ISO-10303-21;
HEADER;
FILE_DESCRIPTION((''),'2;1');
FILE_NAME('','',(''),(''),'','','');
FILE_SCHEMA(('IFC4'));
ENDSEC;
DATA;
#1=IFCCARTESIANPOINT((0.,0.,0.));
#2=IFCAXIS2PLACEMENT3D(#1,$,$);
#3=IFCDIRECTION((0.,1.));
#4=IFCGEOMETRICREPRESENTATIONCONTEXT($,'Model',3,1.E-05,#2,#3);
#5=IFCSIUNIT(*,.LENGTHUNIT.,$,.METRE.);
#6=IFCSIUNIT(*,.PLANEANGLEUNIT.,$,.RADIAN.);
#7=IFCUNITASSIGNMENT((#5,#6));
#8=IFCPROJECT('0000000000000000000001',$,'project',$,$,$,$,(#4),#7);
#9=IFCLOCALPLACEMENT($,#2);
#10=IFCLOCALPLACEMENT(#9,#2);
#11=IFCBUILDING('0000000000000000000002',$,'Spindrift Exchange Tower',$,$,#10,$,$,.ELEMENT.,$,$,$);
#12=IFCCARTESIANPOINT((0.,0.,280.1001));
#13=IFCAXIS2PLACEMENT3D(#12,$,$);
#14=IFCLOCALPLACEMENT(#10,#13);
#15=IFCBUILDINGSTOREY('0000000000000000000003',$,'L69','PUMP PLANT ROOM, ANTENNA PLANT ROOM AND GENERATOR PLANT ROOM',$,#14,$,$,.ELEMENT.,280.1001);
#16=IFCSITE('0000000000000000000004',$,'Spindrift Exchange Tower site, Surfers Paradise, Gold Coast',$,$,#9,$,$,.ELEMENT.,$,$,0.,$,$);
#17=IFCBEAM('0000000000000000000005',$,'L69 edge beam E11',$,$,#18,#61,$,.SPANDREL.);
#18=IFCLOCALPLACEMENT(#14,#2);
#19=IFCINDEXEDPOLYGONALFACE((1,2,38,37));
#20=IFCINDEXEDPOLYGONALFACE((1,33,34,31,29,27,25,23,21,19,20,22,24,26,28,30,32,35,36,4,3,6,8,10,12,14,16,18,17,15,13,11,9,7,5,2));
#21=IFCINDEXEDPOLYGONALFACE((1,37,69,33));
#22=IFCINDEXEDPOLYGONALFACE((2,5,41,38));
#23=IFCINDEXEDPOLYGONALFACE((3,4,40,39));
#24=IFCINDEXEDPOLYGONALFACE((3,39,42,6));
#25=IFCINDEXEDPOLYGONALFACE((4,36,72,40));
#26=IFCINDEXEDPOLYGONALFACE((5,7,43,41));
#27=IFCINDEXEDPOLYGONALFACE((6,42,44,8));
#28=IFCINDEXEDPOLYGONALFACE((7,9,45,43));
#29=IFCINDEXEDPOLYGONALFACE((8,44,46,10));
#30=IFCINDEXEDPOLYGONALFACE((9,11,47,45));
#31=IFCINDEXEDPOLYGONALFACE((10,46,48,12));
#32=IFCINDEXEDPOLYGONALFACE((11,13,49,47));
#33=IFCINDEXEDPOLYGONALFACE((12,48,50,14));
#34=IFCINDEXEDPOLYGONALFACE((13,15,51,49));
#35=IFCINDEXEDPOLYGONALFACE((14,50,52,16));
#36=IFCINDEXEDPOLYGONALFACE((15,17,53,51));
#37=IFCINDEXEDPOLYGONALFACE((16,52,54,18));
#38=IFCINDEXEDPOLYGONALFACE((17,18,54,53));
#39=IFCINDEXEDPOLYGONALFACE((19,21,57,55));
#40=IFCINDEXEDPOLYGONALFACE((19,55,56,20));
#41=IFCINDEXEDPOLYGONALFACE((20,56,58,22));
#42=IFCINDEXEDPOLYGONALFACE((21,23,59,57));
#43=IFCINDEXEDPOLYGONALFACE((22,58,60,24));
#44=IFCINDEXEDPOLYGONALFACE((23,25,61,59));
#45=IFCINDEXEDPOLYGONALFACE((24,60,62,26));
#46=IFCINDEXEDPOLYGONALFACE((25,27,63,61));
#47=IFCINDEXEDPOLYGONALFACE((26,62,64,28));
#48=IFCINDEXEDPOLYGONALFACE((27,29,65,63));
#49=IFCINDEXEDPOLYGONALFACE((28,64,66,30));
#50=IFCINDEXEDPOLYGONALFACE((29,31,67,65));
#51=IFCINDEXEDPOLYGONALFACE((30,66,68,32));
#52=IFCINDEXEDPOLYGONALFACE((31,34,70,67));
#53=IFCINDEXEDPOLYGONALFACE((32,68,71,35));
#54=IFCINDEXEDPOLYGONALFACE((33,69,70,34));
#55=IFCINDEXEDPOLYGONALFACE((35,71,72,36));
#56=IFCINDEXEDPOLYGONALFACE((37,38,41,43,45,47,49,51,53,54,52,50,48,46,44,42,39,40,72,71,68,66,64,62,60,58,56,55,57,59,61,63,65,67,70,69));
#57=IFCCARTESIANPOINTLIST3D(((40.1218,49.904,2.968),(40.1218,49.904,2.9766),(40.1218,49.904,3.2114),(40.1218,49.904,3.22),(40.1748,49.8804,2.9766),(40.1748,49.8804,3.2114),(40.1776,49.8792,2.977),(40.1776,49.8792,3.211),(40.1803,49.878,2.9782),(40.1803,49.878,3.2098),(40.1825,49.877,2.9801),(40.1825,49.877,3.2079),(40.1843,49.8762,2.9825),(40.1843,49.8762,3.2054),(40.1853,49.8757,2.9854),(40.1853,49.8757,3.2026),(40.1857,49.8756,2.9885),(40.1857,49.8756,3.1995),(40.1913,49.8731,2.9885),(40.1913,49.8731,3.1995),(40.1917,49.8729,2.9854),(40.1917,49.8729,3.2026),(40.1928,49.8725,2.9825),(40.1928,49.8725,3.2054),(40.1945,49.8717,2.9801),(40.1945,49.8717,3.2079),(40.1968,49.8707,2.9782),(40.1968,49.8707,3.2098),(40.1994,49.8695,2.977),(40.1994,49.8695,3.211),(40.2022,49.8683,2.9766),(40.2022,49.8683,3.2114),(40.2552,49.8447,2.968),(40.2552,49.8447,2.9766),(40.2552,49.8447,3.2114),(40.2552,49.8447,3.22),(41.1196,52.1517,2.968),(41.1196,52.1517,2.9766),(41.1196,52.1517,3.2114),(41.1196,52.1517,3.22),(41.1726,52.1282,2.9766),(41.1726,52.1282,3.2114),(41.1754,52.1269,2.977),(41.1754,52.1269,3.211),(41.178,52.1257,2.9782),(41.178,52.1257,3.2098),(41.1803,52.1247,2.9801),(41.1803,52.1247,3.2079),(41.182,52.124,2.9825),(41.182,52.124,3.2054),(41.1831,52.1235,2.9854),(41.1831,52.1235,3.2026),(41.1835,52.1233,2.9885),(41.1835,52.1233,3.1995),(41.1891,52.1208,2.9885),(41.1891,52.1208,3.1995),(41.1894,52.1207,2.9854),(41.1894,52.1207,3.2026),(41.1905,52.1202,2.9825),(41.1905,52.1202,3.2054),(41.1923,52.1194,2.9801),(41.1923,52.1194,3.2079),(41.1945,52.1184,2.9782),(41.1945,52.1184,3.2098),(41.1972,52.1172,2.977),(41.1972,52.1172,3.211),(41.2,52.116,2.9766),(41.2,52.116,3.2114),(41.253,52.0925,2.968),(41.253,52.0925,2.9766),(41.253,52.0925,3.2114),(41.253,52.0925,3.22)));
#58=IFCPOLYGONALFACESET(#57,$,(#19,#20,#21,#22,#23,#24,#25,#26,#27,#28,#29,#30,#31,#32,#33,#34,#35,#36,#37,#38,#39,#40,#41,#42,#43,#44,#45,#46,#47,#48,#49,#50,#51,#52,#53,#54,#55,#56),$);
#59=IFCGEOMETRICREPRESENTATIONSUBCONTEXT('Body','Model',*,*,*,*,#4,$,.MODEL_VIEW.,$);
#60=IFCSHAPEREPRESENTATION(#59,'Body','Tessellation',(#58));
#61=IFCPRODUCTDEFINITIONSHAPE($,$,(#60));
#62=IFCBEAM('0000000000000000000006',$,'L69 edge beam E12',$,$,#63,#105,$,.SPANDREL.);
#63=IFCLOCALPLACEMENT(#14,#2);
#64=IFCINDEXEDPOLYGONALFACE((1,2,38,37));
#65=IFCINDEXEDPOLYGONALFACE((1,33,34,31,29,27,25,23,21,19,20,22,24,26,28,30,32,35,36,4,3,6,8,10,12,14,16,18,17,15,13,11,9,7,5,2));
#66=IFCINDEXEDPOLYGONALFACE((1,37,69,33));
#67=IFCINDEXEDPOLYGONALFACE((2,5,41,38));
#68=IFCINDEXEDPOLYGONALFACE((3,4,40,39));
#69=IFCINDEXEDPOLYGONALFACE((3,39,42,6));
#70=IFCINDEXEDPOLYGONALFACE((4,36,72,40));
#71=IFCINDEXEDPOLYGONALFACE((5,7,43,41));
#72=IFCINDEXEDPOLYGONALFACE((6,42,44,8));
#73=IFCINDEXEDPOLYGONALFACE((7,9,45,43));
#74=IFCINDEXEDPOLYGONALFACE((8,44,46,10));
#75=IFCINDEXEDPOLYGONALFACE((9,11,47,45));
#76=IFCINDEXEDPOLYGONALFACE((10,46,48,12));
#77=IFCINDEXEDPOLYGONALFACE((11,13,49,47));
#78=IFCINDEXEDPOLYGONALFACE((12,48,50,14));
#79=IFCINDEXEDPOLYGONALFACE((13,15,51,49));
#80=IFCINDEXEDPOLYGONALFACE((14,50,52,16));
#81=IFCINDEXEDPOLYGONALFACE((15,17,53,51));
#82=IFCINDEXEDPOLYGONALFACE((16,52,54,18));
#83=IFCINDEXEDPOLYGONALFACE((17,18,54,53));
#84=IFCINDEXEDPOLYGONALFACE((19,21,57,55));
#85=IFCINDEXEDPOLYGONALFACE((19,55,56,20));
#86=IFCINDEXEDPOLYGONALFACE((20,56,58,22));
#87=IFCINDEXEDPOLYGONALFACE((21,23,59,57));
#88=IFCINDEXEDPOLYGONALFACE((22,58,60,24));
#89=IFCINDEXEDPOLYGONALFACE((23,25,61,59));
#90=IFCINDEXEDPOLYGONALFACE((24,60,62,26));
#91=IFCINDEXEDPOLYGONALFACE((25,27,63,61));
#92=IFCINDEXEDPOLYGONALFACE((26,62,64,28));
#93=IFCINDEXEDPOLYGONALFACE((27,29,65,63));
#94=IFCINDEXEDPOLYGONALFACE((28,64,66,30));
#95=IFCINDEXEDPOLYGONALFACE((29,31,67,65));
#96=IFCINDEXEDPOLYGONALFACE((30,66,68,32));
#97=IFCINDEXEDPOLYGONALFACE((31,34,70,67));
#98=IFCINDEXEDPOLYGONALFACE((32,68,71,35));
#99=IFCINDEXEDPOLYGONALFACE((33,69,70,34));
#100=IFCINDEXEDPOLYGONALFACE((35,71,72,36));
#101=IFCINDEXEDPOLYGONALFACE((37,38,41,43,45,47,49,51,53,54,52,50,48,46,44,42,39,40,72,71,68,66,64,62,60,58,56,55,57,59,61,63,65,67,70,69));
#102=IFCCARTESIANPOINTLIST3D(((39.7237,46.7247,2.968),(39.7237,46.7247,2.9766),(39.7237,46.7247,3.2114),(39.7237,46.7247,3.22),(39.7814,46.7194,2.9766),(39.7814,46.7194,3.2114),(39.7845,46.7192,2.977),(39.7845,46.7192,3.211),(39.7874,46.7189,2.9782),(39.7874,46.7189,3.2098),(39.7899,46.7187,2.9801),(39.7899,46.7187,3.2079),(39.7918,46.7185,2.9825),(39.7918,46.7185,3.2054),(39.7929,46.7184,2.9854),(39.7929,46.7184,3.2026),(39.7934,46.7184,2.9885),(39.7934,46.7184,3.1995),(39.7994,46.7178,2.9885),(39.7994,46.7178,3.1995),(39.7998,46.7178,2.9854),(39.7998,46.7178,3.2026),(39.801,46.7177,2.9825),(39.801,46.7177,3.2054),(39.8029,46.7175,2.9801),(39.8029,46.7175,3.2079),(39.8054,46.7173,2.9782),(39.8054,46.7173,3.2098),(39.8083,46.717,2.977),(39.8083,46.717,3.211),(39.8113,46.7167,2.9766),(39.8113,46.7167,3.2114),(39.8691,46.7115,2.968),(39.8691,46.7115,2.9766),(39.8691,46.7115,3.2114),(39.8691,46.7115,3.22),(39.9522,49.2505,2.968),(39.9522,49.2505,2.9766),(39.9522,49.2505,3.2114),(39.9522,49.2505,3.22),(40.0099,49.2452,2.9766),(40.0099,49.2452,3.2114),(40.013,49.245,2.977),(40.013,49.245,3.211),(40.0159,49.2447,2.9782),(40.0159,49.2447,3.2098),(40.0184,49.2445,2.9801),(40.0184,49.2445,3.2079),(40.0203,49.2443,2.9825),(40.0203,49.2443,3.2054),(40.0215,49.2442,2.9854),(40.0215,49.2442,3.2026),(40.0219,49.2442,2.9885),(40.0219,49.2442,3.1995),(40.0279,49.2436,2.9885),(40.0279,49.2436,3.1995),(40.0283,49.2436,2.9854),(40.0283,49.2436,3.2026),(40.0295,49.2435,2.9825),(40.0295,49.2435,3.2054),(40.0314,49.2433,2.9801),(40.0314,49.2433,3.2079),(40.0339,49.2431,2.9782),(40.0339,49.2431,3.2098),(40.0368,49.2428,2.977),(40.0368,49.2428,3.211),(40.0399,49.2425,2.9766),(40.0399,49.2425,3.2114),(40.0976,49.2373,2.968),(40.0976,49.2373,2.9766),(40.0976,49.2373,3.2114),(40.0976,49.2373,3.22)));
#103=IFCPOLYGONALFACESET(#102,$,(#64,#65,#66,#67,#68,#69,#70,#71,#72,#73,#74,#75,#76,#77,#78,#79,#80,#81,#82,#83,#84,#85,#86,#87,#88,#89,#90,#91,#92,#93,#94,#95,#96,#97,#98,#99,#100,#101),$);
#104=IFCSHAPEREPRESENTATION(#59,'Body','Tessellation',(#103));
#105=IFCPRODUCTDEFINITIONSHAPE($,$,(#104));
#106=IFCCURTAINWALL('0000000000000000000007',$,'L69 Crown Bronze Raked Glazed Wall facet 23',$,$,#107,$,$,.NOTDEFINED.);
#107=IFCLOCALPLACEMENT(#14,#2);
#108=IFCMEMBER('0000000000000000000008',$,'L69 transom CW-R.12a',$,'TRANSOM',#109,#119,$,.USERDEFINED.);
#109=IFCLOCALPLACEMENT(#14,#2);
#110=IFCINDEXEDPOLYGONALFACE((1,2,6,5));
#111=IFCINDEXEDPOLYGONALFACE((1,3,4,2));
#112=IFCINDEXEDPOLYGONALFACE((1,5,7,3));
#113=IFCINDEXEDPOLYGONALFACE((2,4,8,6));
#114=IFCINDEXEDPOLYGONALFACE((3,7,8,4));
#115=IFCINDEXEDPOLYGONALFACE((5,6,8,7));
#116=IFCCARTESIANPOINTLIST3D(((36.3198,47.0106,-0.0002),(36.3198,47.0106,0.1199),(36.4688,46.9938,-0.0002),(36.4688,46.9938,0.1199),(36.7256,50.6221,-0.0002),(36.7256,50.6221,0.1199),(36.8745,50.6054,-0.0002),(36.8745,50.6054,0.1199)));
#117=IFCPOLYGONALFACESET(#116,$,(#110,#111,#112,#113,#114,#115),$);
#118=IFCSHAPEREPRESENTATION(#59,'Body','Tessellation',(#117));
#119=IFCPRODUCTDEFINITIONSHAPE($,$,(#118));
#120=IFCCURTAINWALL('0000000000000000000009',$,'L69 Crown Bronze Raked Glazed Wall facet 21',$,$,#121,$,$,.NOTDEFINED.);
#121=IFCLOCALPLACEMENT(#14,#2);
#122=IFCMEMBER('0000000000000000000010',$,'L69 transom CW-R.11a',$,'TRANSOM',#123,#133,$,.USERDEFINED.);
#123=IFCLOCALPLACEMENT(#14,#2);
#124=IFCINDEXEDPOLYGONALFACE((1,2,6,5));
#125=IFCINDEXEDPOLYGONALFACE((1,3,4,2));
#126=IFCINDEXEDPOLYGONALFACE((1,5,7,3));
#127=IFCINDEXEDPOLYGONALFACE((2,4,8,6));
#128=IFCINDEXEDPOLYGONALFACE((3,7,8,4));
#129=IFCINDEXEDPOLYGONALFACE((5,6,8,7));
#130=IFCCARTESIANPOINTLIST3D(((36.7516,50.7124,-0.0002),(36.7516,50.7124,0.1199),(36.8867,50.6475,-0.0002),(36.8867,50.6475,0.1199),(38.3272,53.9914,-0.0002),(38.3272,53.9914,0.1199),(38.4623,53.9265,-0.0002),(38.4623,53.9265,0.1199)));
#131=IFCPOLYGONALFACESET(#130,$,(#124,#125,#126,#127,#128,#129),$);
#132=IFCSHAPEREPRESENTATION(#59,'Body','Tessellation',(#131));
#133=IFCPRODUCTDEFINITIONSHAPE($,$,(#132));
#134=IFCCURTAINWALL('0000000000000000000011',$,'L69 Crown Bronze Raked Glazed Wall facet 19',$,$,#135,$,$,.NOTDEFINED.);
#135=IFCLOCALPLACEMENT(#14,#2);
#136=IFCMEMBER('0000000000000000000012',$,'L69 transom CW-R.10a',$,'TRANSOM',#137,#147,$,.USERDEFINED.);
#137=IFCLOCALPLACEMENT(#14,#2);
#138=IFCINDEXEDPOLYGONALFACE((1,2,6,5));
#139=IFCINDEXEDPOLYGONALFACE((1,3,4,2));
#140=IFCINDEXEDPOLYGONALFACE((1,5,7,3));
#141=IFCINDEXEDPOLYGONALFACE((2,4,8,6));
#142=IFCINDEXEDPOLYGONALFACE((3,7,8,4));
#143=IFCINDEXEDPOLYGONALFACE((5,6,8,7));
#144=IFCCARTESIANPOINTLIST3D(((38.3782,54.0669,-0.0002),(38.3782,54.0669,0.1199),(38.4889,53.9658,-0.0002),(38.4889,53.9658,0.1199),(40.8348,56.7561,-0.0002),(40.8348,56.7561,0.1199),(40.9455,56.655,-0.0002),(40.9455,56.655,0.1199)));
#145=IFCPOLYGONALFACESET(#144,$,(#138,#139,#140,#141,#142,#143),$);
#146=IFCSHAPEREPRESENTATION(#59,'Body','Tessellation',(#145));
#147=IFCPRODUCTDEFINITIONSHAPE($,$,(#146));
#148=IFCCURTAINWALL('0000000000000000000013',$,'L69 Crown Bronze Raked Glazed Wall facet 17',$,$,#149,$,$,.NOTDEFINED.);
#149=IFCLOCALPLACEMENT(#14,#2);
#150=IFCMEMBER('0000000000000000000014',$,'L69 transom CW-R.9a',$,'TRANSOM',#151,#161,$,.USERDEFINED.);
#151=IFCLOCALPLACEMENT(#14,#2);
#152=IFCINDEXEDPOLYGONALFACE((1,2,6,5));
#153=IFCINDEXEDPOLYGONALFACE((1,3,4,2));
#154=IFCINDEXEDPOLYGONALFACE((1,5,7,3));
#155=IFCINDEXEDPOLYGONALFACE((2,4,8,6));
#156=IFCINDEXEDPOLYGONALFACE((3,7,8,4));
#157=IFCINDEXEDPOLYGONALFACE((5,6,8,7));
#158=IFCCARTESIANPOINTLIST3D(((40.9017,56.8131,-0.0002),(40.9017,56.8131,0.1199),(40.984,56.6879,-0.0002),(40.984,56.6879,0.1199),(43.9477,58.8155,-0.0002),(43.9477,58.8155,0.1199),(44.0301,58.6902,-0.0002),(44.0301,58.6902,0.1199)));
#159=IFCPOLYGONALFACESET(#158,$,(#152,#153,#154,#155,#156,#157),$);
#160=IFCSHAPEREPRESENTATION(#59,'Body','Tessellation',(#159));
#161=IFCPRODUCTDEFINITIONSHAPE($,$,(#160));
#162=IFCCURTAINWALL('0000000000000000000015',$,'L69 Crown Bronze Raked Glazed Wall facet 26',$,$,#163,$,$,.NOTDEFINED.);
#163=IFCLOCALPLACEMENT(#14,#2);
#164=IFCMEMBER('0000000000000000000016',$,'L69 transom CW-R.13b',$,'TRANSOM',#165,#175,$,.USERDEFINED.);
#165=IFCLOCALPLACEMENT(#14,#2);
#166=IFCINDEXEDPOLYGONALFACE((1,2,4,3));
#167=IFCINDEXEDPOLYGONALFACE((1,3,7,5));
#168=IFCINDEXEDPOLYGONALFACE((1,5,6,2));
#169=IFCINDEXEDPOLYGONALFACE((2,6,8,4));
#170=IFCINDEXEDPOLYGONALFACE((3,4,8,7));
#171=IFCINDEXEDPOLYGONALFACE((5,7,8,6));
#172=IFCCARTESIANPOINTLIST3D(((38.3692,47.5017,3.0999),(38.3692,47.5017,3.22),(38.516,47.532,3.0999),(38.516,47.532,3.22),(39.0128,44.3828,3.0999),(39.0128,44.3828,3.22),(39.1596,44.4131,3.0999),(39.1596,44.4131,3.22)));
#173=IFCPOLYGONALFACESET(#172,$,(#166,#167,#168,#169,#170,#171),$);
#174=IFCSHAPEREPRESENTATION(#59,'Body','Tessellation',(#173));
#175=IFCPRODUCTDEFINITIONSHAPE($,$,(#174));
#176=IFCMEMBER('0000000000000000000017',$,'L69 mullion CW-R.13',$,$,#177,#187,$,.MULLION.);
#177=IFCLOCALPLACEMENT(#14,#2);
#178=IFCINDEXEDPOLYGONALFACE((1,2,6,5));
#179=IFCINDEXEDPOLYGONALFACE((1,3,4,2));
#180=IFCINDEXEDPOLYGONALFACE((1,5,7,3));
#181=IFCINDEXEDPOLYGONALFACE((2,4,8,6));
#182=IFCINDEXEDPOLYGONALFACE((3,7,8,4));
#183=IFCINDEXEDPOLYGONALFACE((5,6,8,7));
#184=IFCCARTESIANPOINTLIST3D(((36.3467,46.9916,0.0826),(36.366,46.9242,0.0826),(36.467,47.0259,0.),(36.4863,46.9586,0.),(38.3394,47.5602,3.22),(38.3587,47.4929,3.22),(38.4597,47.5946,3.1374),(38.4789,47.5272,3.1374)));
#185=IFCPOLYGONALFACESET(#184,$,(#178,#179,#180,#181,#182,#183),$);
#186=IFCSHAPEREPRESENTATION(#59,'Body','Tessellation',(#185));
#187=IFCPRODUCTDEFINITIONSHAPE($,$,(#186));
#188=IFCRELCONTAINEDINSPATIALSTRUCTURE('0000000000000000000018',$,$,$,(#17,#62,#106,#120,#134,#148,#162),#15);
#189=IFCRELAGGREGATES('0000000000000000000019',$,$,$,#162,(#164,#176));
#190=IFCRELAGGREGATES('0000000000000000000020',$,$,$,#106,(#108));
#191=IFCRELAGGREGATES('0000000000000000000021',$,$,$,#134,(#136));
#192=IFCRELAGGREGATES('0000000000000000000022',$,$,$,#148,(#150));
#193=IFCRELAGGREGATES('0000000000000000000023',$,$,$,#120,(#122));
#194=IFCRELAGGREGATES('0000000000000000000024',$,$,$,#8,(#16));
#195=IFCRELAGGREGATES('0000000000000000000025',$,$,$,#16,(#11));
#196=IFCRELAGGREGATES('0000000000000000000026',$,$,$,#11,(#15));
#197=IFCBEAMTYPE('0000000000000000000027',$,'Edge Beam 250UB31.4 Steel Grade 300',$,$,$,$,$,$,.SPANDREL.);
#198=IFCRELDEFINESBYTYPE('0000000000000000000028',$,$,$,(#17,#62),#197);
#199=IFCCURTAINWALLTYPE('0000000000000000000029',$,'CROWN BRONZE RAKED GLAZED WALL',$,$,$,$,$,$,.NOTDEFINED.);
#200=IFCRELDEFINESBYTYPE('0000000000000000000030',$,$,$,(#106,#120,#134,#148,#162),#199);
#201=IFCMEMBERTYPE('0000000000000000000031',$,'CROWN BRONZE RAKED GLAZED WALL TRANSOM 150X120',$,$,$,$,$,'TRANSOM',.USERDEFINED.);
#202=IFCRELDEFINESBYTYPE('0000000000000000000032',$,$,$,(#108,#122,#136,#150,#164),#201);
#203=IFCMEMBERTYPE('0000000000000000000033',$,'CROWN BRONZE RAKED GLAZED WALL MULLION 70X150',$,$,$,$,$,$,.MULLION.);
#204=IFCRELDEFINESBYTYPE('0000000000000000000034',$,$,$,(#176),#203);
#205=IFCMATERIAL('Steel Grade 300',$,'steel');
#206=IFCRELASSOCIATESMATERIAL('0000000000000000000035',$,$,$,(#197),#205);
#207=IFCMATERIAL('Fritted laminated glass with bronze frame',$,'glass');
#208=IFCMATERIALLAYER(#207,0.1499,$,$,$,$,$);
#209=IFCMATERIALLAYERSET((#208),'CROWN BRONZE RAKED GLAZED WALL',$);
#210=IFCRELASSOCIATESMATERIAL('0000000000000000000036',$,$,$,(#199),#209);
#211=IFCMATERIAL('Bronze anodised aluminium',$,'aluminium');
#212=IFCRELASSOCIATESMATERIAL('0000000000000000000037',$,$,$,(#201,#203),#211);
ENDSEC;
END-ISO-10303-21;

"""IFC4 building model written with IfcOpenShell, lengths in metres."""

from ifc_helpers import new_model, si_unit, direction, frame, origin, origin_2d, place, context, subcontext, project, spatial, rectangle, i_section, extrude, source, transform, mapped, material, layer, layer_set, material_profile, profile_set, type_object, element, aggregate, save


model = new_model("IFC4")

# Units and contexts
model_context = context("Model", 3, precision=1e-05, world=origin(), true_north=direction((0.0, 1.0)))
body_context = subcontext(model_context, "Body", "Model", "MODEL_VIEW")
ifc_project = project(units=[si_unit("LENGTHUNIT", "METRE"), si_unit("PLANEANGLEUNIT", "RADIAN")], contexts=[model_context])

# Site, building, storey
site_placement = place(None, origin())
site = spatial("IfcSite", under=ifc_project, at=site_placement, Name="Spindrift Exchange Tower site, Surfers Paradise, Gold Coast", CompositionType="ELEMENT", RefElevation=0.0)
building_placement = place(site_placement, origin())
building = spatial("IfcBuilding", under=site, at=building_placement, Name="Spindrift Exchange Tower", CompositionType="ELEMENT")
storey_placement = place(building_placement, frame((0.0, 0.0, 280.1001)))
storey = spatial("IfcBuildingStorey", under=building, at=storey_placement, Name="L69", Description="PUMP PLANT ROOM, ANTENNA PLANT ROOM AND GENERATOR PLANT ROOM", CompositionType="ELEMENT", Elevation=280.1001)

# Beams
ifc_material_1 = material(Name="Steel Grade 300", Category="steel")
ifc_material_profile_1 = material_profile(ifc_material_1, i_section(OverallWidth=0.146, OverallDepth=0.252, WebThickness=0.0061, FlangeThickness=0.0085, FilletRadius=0.012, at=origin_2d()), Name="250UB31.4")
ifc_profile_set_1 = profile_set([ifc_material_profile_1], Name="Steel Grade 300")
beam_type_1 = type_object("IfcBeamType", Name="Edge Beam 250UB31.4 Steel Grade 300", PredefinedType="SPANDREL", material=ifc_profile_set_1)
shared_shape_1 = source(origin(), body_context, "Body", "SweptSolid", [
    extrude(i_section(OverallWidth=0.146, OverallDepth=0.252, WebThickness=0.0061, FlangeThickness=0.0085, FilletRadius=0.012, at=origin_2d()), origin(), (0.0, 0.0, 1.0), 2.4592),
])
beam_1_placement = place(storey_placement, frame((41.1863, 52.1221, 3.094), z_axis=(-0.405724, -0.913996, 0.0), x_axis=(0.913996, -0.405724, 0.0)))
element("IfcBeam", 1, at=beam_1_placement, inside=storey, type_object=beam_type_1, Name="L69 edge beam E11", PredefinedType="SPANDREL", context=body_context, shape_type="MappedRepresentation", body=[
    mapped(shared_shape_1, transform((0.0, 0.0, 0.0), scale=1.0)),
])
shared_shape_2 = source(origin(), body_context, "Body", "SweptSolid", [
    extrude(i_section(OverallWidth=0.146, OverallDepth=0.252, WebThickness=0.0061, FlangeThickness=0.0085, FilletRadius=0.012, at=origin_2d()), origin(), (0.0, 0.0, 1.0), 2.5361),
])
beam_2_placement = place(storey_placement, frame((40.0249, 49.2439, 3.094), z_axis=(-0.090102, -0.995933, 0.0), x_axis=(0.995933, -0.090102, 0.0)))
element("IfcBeam", 2, at=beam_2_placement, inside=storey, type_object=beam_type_1, Name="L69 edge beam E12", PredefinedType="SPANDREL", context=body_context, shape_type="MappedRepresentation", body=[
    mapped(shared_shape_2, transform((0.0, 0.0, 0.0), scale=1.0)),
])

# Curtain walls, members
ifc_material_2 = material(Name="Fritted laminated glass with bronze frame", Category="glass")
ifc_layer_1 = layer(ifc_material_2, 0.1499)
ifc_layer_set_1 = layer_set([ifc_layer_1], Name="CROWN BRONZE RAKED GLAZED WALL")
curtain_wall_type = type_object("IfcCurtainWallType", Name="CROWN BRONZE RAKED GLAZED WALL", PredefinedType="NOTDEFINED", material=ifc_layer_set_1)
curtain_wall_1_placement = place(storey_placement, origin())
curtain_wall_1 = element("IfcCurtainWall", 3, at=curtain_wall_1_placement, inside=storey, type_object=curtain_wall_type, Name="L69 Crown Bronze Raked Glazed Wall facet 23", PredefinedType="NOTDEFINED")
ifc_material_3 = material(Name="Bronze anodised aluminium", Category="aluminium")
ifc_material_profile_2 = material_profile(ifc_material_3, rectangle(XDim=0.1499, YDim=0.1201, at=origin_2d()), Name="CROWN BRONZE RAKED GLAZED WALL TRANSOM 150X120")
ifc_profile_set_2 = profile_set([ifc_material_profile_2], Name="Bronze anodised aluminium")
member_type_1 = type_object("IfcMemberType", Name="CROWN BRONZE RAKED GLAZED WALL TRANSOM 150X120", ElementType="TRANSOM", PredefinedType="USERDEFINED", material=ifc_profile_set_2)
shared_shape_3 = source(origin(), body_context, "Body", "SweptSolid", [
    extrude(rectangle(XDim=0.1499, YDim=0.1201, at=origin_2d()), origin(), (0.0, 0.0, 1.0), 3.6343),
])
member_1_placement = place(storey_placement, frame((36.3943, 47.0022, 0.0598), z_axis=(0.111648, 0.993748, 0.0), x_axis=(-0.993748, 0.111648, 0.0)))
member_1 = element("IfcMember", 4, at=member_1_placement, type_object=member_type_1, Name="L69 transom CW-R.12a", ObjectType="TRANSOM", PredefinedType="USERDEFINED", context=body_context, shape_type="MappedRepresentation", body=[
    mapped(shared_shape_3, transform((0.0, 0.0, 0.0), scale=1.0)),
])
curtain_wall_2_placement = place(storey_placement, origin())
curtain_wall_2 = element("IfcCurtainWall", 5, at=curtain_wall_2_placement, inside=storey, type_object=curtain_wall_type, Name="L69 Crown Bronze Raked Glazed Wall facet 21", PredefinedType="NOTDEFINED")
shared_shape_4 = source(origin(), body_context, "Body", "SweptSolid", [
    extrude(rectangle(XDim=0.1499, YDim=0.1201, at=origin_2d()), origin(), (0.0, 0.0, 1.0), 3.6379),
])
member_2_placement = place(storey_placement, frame((38.3948, 53.959, 0.0598), z_axis=(-0.433119, -0.901337, 0.0), x_axis=(0.901337, -0.433119, 0.0)))
member_2 = element("IfcMember", 6, at=member_2_placement, type_object=member_type_1, Name="L69 transom CW-R.11a", ObjectType="TRANSOM", PredefinedType="USERDEFINED", context=body_context, shape_type="MappedRepresentation", body=[
    mapped(shared_shape_4, transform((0.0, 0.0, 0.0), scale=1.0)),
])
curtain_wall_3_placement = place(storey_placement, origin())
curtain_wall_3 = element("IfcCurtainWall", 7, at=curtain_wall_3_placement, inside=storey, type_object=curtain_wall_type, Name="L69 Crown Bronze Raked Glazed Wall facet 19", PredefinedType="NOTDEFINED")
shared_shape_5 = source(origin(), body_context, "Body", "SweptSolid", [
    extrude(rectangle(XDim=0.1499, YDim=0.1201, at=origin_2d()), origin(), (0.0, 0.0, 1.0), 3.6423),
])
member_3_placement = place(storey_placement, frame((40.8901, 56.7056, 0.0598), z_axis=(-0.674446, -0.738324, 0.0), x_axis=(0.738324, -0.674446, 0.0)))
member_3 = element("IfcMember", 8, at=member_3_placement, type_object=member_type_1, Name="L69 transom CW-R.10a", ObjectType="TRANSOM", PredefinedType="USERDEFINED", context=body_context, shape_type="MappedRepresentation", body=[
    mapped(shared_shape_5, transform((0.0, 0.0, 0.0), scale=1.0)),
])
curtain_wall_4_placement = place(storey_placement, origin())
curtain_wall_4 = element("IfcCurtainWall", 9, at=curtain_wall_4_placement, inside=storey, type_object=curtain_wall_type, Name="L69 Crown Bronze Raked Glazed Wall facet 17", PredefinedType="NOTDEFINED")
shared_shape_6 = source(origin(), body_context, "Body", "SweptSolid", [
    extrude(rectangle(XDim=0.1499, YDim=0.1201, at=origin_2d()), origin(), (0.0, 0.0, 1.0), 3.6453),
])
member_4_placement = place(storey_placement, frame((40.9429, 56.7505, 0.0598), z_axis=(0.835619, 0.54931, 0.0), x_axis=(-0.54931, 0.835619, 0.0)))
member_4 = element("IfcMember", 10, at=member_4_placement, type_object=member_type_1, Name="L69 transom CW-R.9a", ObjectType="TRANSOM", PredefinedType="USERDEFINED", context=body_context, shape_type="MappedRepresentation", body=[
    mapped(shared_shape_6, transform((0.0, 0.0, 0.0), scale=1.0)),
])

# Curtain wall, members
curtain_wall_5_placement = place(storey_placement, origin())
curtain_wall_5 = element("IfcCurtainWall", 11, at=curtain_wall_5_placement, inside=storey, type_object=curtain_wall_type, Name="L69 Crown Bronze Raked Glazed Wall facet 26", PredefinedType="NOTDEFINED")
shared_shape_7 = source(origin(), body_context, "Body", "SweptSolid", [
    extrude(rectangle(XDim=0.1499, YDim=0.1201, at=origin_2d()), origin(), (0.0, 0.0, 1.0), 3.1846),
])
member_5_placement = place(storey_placement, frame((38.4426, 47.5168, 3.1599), z_axis=(0.202083, -0.979368, 0.0), x_axis=(0.979368, 0.202083, 0.0)))
member_5 = element("IfcMember", 12, at=member_5_placement, type_object=member_type_1, Name="L69 transom CW-R.13b", ObjectType="TRANSOM", PredefinedType="USERDEFINED", context=body_context, shape_type="MappedRepresentation", body=[
    mapped(shared_shape_7, transform((0.0, 0.0, 0.0), scale=1.0)),
])
ifc_material_profile_3 = material_profile(ifc_material_3, rectangle(XDim=0.0701, YDim=0.1499, at=origin_2d()), Name="CROWN BRONZE RAKED GLAZED WALL MULLION 70X150")
ifc_profile_set_3 = profile_set([ifc_material_profile_3], Name="Bronze anodised aluminium")
member_type_2 = type_object("IfcMemberType", Name="CROWN BRONZE RAKED GLAZED WALL MULLION 70X150", PredefinedType="MULLION", material=ifc_profile_set_3)
shared_shape_8 = source(origin(), body_context, "Body", "SweptSolid", [
    extrude(rectangle(XDim=0.0701, YDim=0.1499, at=origin_2d()), origin(), (0.0, 0.0, 1.0), 3.76),
])
member_6_placement = place(storey_placement, frame((36.4165, 46.9751, 0.0413), z_axis=(0.529966, 0.151224, 0.834427), x_axis=(-0.274394, 0.961617, 0.0)))
member_6 = element("IfcMember", 13, at=member_6_placement, type_object=member_type_2, Name="L69 mullion CW-R.13", PredefinedType="MULLION", context=body_context, shape_type="MappedRepresentation", body=[
    mapped(shared_shape_8, transform((0.0, 0.0, 0.0), scale=1.0)),
])
aggregate(curtain_wall_5, [member_5, member_6])

aggregate(curtain_wall_1, [member_1])

aggregate(curtain_wall_3, [member_3])
aggregate(curtain_wall_4, [member_4])

aggregate(curtain_wall_2, [member_2])

save(model, "model.ifc")
